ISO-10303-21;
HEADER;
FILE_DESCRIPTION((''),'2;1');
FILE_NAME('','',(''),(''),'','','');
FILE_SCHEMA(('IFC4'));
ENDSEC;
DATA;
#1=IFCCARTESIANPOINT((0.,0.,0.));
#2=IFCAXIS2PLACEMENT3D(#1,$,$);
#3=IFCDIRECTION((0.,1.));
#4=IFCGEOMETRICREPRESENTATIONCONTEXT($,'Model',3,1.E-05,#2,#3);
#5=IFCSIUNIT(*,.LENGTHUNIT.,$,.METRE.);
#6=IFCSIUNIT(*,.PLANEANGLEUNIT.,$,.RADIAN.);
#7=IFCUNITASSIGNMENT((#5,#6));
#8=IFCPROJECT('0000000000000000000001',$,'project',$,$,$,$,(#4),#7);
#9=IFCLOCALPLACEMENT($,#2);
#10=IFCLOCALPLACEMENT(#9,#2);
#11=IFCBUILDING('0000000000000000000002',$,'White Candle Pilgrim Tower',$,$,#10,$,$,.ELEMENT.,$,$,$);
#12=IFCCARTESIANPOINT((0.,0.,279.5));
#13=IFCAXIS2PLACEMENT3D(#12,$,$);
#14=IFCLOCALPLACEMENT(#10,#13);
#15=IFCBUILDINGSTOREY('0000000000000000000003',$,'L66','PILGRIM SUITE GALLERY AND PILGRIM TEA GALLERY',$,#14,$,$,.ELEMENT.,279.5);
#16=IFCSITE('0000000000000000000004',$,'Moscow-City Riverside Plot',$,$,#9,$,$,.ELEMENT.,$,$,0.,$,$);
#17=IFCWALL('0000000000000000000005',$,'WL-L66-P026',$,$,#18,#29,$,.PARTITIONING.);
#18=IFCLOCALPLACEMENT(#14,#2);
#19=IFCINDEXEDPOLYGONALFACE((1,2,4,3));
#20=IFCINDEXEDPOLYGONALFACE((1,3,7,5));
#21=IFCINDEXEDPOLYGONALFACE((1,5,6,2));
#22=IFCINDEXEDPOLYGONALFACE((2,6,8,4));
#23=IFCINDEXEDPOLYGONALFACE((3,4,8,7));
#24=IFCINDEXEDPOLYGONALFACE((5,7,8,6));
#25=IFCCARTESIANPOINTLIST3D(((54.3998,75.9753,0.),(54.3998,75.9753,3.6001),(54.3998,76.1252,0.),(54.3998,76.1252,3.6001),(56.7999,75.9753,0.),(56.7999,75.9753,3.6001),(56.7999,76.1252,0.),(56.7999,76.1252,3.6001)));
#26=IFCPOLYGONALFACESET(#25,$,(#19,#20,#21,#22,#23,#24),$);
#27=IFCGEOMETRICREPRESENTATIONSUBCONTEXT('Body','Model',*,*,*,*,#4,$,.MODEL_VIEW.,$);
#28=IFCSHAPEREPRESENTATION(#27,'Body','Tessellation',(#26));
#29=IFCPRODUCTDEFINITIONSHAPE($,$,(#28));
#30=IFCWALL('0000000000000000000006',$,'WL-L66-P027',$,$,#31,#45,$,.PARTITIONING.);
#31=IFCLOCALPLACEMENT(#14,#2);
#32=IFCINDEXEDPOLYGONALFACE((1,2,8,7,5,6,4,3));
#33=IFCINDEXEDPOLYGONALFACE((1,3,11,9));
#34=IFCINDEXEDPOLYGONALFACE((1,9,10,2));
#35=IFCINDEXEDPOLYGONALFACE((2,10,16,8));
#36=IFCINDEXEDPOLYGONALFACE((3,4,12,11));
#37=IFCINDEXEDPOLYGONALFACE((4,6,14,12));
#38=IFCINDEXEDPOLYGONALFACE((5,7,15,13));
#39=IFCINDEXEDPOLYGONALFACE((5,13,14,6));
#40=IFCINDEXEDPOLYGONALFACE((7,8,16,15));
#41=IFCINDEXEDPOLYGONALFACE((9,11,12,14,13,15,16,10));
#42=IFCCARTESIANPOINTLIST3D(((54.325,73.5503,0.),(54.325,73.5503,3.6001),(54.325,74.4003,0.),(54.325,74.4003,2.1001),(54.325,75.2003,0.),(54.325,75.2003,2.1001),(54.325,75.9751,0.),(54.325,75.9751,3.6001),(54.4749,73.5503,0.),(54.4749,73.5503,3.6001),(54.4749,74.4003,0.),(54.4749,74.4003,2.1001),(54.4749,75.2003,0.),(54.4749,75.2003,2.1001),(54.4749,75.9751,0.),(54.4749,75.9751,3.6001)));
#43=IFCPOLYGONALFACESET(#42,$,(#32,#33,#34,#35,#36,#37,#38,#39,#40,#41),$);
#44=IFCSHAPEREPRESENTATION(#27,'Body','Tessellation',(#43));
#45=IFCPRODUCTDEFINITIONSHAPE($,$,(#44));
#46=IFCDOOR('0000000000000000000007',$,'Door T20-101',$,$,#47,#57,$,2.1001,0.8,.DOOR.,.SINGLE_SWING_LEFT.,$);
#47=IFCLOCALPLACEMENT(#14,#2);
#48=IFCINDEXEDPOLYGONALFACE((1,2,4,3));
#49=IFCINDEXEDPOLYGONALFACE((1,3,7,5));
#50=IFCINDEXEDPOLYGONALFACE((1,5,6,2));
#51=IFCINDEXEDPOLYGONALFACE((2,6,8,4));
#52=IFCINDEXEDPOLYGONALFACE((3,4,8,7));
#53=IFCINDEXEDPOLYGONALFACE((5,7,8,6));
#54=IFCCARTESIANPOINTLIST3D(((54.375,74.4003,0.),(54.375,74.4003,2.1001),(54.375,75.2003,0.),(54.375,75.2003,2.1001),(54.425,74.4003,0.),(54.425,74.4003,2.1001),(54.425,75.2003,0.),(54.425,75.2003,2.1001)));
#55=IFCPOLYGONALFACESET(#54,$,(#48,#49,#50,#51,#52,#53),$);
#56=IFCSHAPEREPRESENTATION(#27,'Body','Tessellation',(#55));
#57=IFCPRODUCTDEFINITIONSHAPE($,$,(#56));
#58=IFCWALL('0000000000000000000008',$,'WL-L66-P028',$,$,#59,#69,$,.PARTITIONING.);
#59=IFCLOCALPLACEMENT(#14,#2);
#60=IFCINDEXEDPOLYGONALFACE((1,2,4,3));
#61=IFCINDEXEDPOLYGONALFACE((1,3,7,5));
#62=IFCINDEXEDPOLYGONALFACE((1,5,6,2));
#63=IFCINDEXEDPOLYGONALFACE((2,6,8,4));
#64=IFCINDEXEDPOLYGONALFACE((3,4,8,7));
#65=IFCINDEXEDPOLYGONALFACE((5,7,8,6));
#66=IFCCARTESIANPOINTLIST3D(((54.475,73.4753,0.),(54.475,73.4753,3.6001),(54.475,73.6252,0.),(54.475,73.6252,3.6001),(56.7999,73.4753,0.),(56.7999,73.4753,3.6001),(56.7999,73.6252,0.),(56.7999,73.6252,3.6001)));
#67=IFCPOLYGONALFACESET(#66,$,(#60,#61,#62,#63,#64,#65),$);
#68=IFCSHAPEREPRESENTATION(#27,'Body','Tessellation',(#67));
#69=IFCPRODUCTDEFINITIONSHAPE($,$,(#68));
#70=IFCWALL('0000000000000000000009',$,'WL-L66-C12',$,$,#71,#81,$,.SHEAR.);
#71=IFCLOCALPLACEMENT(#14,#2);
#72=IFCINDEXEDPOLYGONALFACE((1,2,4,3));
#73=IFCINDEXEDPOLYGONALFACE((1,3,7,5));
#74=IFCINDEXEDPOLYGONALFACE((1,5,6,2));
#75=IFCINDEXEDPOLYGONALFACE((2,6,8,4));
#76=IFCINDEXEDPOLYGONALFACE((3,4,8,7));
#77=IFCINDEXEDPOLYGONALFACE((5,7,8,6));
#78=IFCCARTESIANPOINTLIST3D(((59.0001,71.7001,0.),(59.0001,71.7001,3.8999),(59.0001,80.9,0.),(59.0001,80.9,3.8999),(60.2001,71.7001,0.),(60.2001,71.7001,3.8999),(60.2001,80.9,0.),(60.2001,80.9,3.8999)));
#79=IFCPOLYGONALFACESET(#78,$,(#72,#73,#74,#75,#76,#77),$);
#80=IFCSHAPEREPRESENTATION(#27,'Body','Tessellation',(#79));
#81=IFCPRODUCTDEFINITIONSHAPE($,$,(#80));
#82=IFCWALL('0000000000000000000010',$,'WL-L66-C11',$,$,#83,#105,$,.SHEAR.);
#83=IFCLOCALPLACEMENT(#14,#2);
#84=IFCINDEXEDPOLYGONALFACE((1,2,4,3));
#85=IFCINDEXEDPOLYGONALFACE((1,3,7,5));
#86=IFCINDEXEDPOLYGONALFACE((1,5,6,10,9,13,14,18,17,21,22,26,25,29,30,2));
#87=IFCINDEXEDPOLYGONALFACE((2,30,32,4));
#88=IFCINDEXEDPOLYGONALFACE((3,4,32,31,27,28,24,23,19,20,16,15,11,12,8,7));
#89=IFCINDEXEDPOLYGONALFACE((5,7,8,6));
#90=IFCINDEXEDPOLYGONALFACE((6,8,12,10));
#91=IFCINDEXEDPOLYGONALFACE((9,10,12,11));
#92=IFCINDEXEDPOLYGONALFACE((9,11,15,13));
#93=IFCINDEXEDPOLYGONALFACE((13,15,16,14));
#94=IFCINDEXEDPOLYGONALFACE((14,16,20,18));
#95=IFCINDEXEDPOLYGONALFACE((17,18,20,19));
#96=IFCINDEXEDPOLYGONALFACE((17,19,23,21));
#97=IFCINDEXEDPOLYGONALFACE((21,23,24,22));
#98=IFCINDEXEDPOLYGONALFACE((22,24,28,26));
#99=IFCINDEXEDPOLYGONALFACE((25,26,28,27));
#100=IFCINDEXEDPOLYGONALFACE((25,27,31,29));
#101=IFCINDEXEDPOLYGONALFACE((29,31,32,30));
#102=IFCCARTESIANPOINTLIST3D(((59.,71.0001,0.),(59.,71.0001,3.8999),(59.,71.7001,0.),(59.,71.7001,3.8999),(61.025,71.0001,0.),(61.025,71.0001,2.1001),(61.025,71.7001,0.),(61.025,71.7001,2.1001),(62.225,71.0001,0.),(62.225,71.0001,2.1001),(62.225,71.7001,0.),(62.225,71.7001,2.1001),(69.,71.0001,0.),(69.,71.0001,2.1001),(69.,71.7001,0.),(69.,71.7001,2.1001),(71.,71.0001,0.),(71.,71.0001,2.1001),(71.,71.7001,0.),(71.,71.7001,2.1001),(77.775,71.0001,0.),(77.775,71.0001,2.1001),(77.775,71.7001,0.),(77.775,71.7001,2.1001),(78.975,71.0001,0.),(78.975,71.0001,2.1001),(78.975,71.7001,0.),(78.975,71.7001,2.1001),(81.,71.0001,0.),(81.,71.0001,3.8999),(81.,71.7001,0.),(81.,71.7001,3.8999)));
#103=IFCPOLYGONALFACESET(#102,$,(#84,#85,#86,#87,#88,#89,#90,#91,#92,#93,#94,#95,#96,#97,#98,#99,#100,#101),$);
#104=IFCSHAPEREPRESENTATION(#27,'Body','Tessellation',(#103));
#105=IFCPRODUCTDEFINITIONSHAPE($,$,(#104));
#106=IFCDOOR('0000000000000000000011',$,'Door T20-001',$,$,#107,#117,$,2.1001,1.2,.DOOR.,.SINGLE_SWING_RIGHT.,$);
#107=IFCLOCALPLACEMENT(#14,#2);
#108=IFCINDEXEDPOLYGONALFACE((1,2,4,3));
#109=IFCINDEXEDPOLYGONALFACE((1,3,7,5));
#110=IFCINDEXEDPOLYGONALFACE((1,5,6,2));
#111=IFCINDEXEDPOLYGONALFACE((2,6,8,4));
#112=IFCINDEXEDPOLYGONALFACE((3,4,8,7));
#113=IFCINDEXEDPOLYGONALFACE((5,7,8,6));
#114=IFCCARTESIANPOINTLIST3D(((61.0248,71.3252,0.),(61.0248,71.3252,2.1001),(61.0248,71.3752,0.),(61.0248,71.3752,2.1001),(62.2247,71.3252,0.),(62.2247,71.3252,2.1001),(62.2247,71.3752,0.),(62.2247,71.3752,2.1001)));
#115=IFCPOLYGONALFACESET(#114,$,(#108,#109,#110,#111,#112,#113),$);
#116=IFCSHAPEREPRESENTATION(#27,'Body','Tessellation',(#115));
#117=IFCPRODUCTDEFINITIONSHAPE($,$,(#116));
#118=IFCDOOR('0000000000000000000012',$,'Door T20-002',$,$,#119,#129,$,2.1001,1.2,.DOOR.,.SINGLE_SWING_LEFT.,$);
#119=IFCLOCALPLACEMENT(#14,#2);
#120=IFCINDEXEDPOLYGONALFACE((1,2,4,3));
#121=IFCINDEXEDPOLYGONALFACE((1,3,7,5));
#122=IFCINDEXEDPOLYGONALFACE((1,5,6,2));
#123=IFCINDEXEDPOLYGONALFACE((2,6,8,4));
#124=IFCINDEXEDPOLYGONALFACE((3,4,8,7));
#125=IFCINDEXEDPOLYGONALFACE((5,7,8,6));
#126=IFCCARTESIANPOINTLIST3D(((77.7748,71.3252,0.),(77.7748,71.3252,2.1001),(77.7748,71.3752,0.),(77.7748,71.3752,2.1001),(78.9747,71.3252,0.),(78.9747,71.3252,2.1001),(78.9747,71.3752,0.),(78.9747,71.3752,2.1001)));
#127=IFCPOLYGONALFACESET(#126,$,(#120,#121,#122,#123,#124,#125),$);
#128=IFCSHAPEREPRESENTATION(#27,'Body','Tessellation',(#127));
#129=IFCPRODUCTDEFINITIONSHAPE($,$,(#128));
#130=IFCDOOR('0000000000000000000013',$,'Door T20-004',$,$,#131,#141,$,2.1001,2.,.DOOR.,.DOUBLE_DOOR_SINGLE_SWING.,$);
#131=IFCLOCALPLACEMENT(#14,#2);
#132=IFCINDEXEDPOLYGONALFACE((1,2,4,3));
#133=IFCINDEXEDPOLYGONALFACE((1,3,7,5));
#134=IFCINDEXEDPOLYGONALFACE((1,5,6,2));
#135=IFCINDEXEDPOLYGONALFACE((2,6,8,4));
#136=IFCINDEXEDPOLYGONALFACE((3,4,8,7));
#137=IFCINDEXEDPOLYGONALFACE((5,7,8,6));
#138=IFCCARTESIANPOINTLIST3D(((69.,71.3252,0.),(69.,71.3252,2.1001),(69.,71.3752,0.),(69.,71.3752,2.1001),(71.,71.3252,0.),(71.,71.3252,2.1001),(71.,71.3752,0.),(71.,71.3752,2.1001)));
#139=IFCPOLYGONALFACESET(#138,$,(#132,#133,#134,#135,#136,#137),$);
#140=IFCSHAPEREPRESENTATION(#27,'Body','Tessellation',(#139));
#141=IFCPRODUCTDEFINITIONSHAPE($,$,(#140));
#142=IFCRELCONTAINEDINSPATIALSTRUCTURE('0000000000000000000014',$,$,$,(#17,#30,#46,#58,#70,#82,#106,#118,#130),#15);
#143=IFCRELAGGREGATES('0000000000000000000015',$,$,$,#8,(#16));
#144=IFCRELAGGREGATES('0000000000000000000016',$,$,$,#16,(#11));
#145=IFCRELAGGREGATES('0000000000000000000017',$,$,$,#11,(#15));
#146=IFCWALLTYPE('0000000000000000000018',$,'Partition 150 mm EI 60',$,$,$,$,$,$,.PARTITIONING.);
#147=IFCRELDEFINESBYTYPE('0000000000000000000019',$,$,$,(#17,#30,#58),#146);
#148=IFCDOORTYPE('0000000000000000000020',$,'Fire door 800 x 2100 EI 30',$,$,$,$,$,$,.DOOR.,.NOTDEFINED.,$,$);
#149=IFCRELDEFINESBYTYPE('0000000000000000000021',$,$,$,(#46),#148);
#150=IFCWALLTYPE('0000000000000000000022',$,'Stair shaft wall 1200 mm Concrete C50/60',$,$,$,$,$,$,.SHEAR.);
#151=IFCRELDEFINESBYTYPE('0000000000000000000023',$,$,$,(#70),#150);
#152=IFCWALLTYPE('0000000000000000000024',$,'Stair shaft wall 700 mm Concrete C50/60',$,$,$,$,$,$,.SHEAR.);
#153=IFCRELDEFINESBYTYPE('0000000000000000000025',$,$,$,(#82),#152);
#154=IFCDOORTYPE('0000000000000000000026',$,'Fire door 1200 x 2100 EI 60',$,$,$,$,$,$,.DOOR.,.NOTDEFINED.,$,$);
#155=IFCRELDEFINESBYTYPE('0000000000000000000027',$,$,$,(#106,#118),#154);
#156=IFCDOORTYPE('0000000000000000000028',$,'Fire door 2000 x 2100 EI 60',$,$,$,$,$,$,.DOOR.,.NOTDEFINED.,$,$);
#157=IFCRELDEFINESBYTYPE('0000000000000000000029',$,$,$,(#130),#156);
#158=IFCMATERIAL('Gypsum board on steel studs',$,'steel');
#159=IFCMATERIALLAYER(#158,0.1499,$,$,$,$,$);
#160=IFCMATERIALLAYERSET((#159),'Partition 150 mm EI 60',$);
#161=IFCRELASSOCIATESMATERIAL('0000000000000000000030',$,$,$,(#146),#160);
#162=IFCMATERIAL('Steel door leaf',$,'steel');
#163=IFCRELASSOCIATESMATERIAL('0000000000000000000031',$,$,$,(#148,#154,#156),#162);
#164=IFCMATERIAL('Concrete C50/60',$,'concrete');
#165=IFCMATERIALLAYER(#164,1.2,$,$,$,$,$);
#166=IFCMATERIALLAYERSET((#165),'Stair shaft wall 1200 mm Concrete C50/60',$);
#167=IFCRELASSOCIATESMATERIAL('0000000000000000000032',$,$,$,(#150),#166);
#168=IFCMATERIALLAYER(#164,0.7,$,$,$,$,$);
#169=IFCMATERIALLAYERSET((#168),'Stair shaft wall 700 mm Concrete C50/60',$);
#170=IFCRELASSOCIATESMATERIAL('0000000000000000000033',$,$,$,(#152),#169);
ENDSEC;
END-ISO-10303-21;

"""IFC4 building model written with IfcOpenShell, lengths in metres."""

from ifc_helpers import new_model, si_unit, direction, frame, frame_2d, origin, place, context, subcontext, project, spatial, rectangle, extrude, material, layer, layer_set, type_object, element, fill, save


model = new_model("IFC4")

# Units and contexts
model_context = context("Model", 3, precision=1e-05, world=origin(), true_north=direction((0.0, 1.0)))
body_context = subcontext(model_context, "Body", "Model", "MODEL_VIEW")
ifc_project = project(units=[si_unit("LENGTHUNIT", "METRE"), si_unit("PLANEANGLEUNIT", "RADIAN")], contexts=[model_context])

# Site, building, storey
site_placement = place(None, origin())
site = spatial("IfcSite", under=ifc_project, at=site_placement, Name="Moscow-City Riverside Plot", CompositionType="ELEMENT", RefElevation=0.0)
building_placement = place(site_placement, origin())
building = spatial("IfcBuilding", under=site, at=building_placement, Name="White Candle Pilgrim Tower", CompositionType="ELEMENT")
storey_placement = place(building_placement, frame((0.0, 0.0, 279.5)))
storey = spatial("IfcBuildingStorey", under=building, at=storey_placement, Name="L66", Description="PILGRIM SUITE GALLERY AND PILGRIM TEA GALLERY", CompositionType="ELEMENT", Elevation=279.5)

# Shared definitions
ifc_material_1 = material(Name="Concrete C50/60", Category="concrete")

# Shared definitions
ifc_material_2 = material(Name="Gypsum board on steel studs", Category="steel")
ifc_layer_1 = layer(ifc_material_2, 0.1499)
ifc_layer_set_1 = layer_set([ifc_layer_1], Name="Partition 150 mm EI 60")
wall_type_1 = type_object("IfcWallType", Name="Partition 150 mm EI 60", PredefinedType="PARTITIONING", material=ifc_layer_set_1)
ifc_material_3 = material(Name="Steel door leaf", Category="steel")

# Wall
wall_1_placement = place(storey_placement, frame((56.8, 76.0503, 0.0), z_axis=(0.0, 0.0, 1.0), x_axis=(-1.0, 0.0, 0.0)))
element("IfcWall", 1, at=wall_1_placement, inside=storey, type_object=wall_type_1, Name="WL-L66-P026", PredefinedType="PARTITIONING", context=body_context, shape_type="SweptSolid", body=[
    extrude(rectangle(XDim=2.4001, YDim=0.1499, at=frame_2d((1.2002, 0.0))), origin(), (0.0, 0.0, 1.0), 3.6001),
])

# Wall, opening, door
wall_2_placement = place(storey_placement, frame((54.3999, 73.5503, 0.0), z_axis=(0.0, 0.0, 1.0), x_axis=(0.0, 1.0, 0.0)))
wall_2 = element("IfcWall", 2, at=wall_2_placement, inside=storey, type_object=wall_type_1, Name="WL-L66-P027", PredefinedType="PARTITIONING", context=body_context, shape_type="SweptSolid", body=[
    extrude(rectangle(XDim=2.4248, YDim=0.1499, at=frame_2d((1.2124, 0.0))), origin(), (0.0, 0.0, 1.0), 3.6001),
])
opening_1_placement = place(wall_2_placement, frame((0.8501, 0.0, 0.0)))
opening_1 = element("IfcOpeningElement", 3, at=opening_1_placement, cuts=wall_2, PredefinedType="OPENING", context=body_context, shape_type="SweptSolid", body=[
    extrude(rectangle(XDim=0.8, YDim=2.1001, at=frame_2d((0.3999, 1.05))), frame((0.0, 0.085, 0.0), z_axis=(0.0, -1.0, 0.0), x_axis=(1.0, 0.0, 0.0)), (0.0, 0.0, 1.0), 0.1699),
])
door_type_1 = type_object("IfcDoorType", Name="Fire door 800 x 2100 EI 30", OperationType="NOTDEFINED", PredefinedType="DOOR", material=ifc_material_3)
door_1_placement = place(opening_1_placement, origin())
door_1 = element("IfcDoor", 4, at=door_1_placement, inside=storey, type_object=door_type_1, Name="Door T20-101", OperationType="SINGLE_SWING_LEFT", OverallHeight=2.1001, OverallWidth=0.8, PredefinedType="DOOR", context=body_context, shape_type="SweptSolid", body=[
    extrude(rectangle(XDim=0.8, YDim=2.1001, at=frame_2d((0.3999, 1.05))), frame((0.0, 0.0249, 0.0), z_axis=(0.0, -1.0, 0.0), x_axis=(1.0, 0.0, 0.0)), (0.0, 0.0, 1.0), 0.05),
])
fill(opening_1, door_1)

# Walls
wall_3_placement = place(storey_placement, frame((56.8, 73.5503, 0.0), z_axis=(0.0, 0.0, 1.0), x_axis=(-1.0, 0.0, 0.0)))
element("IfcWall", 5, at=wall_3_placement, inside=storey, type_object=wall_type_1, Name="WL-L66-P028", PredefinedType="PARTITIONING", context=body_context, shape_type="SweptSolid", body=[
    extrude(rectangle(XDim=2.325, YDim=0.1499, at=frame_2d((1.1626, 0.0))), origin(), (0.0, 0.0, 1.0), 3.6001),
])
ifc_layer_2 = layer(ifc_material_1, 1.2)
ifc_layer_set_2 = layer_set([ifc_layer_2], Name="Stair shaft wall 1200 mm Concrete C50/60")
wall_type_2 = type_object("IfcWallType", Name="Stair shaft wall 1200 mm Concrete C50/60", PredefinedType="SHEAR", material=ifc_layer_set_2)
wall_4_placement = place(storey_placement, frame((59.6001, 71.7, 0.0), z_axis=(0.0, 0.0, 1.0), x_axis=(0.0, 1.0, 0.0)))
element("IfcWall", 6, at=wall_4_placement, inside=storey, type_object=wall_type_2, Name="WL-L66-C12", PredefinedType="SHEAR", context=body_context, shape_type="SweptSolid", body=[
    extrude(rectangle(XDim=9.2, YDim=1.2, at=frame_2d((4.6001, 0.0))), origin(), (0.0, 0.0, 1.0), 3.8999),
])

# Wall, openings, doors
ifc_layer_3 = layer(ifc_material_1, 0.7)
ifc_layer_set_3 = layer_set([ifc_layer_3], Name="Stair shaft wall 700 mm Concrete C50/60")
wall_type_3 = type_object("IfcWallType", Name="Stair shaft wall 700 mm Concrete C50/60", PredefinedType="SHEAR", material=ifc_layer_set_3)
wall_5_placement = place(storey_placement, frame((59.0, 71.3501, 0.0), z_axis=(0.0, 0.0, 1.0), x_axis=(1.0, 0.0, 0.0)))
wall_5 = element("IfcWall", 7, at=wall_5_placement, inside=storey, type_object=wall_type_3, Name="WL-L66-C11", PredefinedType="SHEAR", context=body_context, shape_type="SweptSolid", body=[
    extrude(rectangle(XDim=22.0, YDim=0.7, at=frame_2d((11.0, 0.0))), origin(), (0.0, 0.0, 1.0), 3.8999),
])
opening_2_placement = place(wall_5_placement, frame((2.0249, 0.0, 0.0)))
opening_2 = element("IfcOpeningElement", 8, at=opening_2_placement, cuts=wall_5, PredefinedType="OPENING", context=body_context, shape_type="SweptSolid", body=[
    extrude(rectangle(XDim=1.2, YDim=2.1001, at=frame_2d((0.6001, 1.05))), frame((0.0, 0.3599, 0.0), z_axis=(0.0, -1.0, 0.0), x_axis=(1.0, 0.0, 0.0)), (0.0, 0.0, 1.0), 0.72),
])
opening_3_placement = place(wall_5_placement, frame((18.7749, 0.0, 0.0)))
opening_3 = element("IfcOpeningElement", 9, at=opening_3_placement, cuts=wall_5, PredefinedType="OPENING", context=body_context, shape_type="SweptSolid", body=[
    extrude(rectangle(XDim=1.2, YDim=2.1001, at=frame_2d((0.6001, 1.05))), frame((0.0, 0.3599, 0.0), z_axis=(0.0, -1.0, 0.0), x_axis=(1.0, 0.0, 0.0)), (0.0, 0.0, 1.0), 0.72),
])
opening_4_placement = place(wall_5_placement, frame((10.0, 0.0, 0.0)))
opening_4 = element("IfcOpeningElement", 10, at=opening_4_placement, cuts=wall_5, PredefinedType="OPENING", context=body_context, shape_type="SweptSolid", body=[
    extrude(rectangle(XDim=2.0, YDim=2.1001, at=frame_2d((1.0, 1.05))), frame((0.0, 0.3599, 0.0), z_axis=(0.0, -1.0, 0.0), x_axis=(1.0, 0.0, 0.0)), (0.0, 0.0, 1.0), 0.72),
])
door_type_2 = type_object("IfcDoorType", Name="Fire door 1200 x 2100 EI 60", OperationType="NOTDEFINED", PredefinedType="DOOR", material=ifc_material_3)
door_2_placement = place(opening_2_placement, frame((1.2, 0.0, 0.0), z_axis=(0.0, 0.0, 1.0), x_axis=(-1.0, 0.0, 0.0)))
door_2 = element("IfcDoor", 11, at=door_2_placement, inside=storey, type_object=door_type_2, Name="Door T20-001", OperationType="SINGLE_SWING_RIGHT", OverallHeight=2.1001, OverallWidth=1.2, PredefinedType="DOOR", context=body_context, shape_type="SweptSolid", body=[
    extrude(rectangle(XDim=1.2, YDim=2.1001, at=frame_2d((0.6001, 1.05))), frame((0.0, 0.0249, 0.0), z_axis=(0.0, -1.0, 0.0), x_axis=(1.0, 0.0, 0.0)), (0.0, 0.0, 1.0), 0.05),
])
fill(opening_2, door_2)
door_3_placement = place(opening_3_placement, frame((1.2, 0.0, 0.0), z_axis=(0.0, 0.0, 1.0), x_axis=(-1.0, 0.0, 0.0)))
door_3 = element("IfcDoor", 12, at=door_3_placement, inside=storey, type_object=door_type_2, Name="Door T20-002", OperationType="SINGLE_SWING_LEFT", OverallHeight=2.1001, OverallWidth=1.2, PredefinedType="DOOR", context=body_context, shape_type="SweptSolid", body=[
    extrude(rectangle(XDim=1.2, YDim=2.1001, at=frame_2d((0.6001, 1.05))), frame((0.0, 0.0249, 0.0), z_axis=(0.0, -1.0, 0.0), x_axis=(1.0, 0.0, 0.0)), (0.0, 0.0, 1.0), 0.05),
])
fill(opening_3, door_3)
door_type_3 = type_object("IfcDoorType", Name="Fire door 2000 x 2100 EI 60", OperationType="NOTDEFINED", PredefinedType="DOOR", material=ifc_material_3)
door_4_placement = place(opening_4_placement, frame((2.0, 0.0, 0.0), z_axis=(0.0, 0.0, 1.0), x_axis=(-1.0, 0.0, 0.0)))
door_4 = element("IfcDoor", 13, at=door_4_placement, inside=storey, type_object=door_type_3, Name="Door T20-004", OperationType="DOUBLE_DOOR_SINGLE_SWING", OverallHeight=2.1001, OverallWidth=2.0, PredefinedType="DOOR", context=body_context, shape_type="SweptSolid", body=[
    extrude(rectangle(XDim=2.0, YDim=2.1001, at=frame_2d((1.0, 1.05))), frame((0.0, 0.0249, 0.0), z_axis=(0.0, -1.0, 0.0), x_axis=(1.0, 0.0, 0.0)), (0.0, 0.0, 1.0), 0.05),
])
fill(opening_4, door_4)

save(model, "model.ifc")
